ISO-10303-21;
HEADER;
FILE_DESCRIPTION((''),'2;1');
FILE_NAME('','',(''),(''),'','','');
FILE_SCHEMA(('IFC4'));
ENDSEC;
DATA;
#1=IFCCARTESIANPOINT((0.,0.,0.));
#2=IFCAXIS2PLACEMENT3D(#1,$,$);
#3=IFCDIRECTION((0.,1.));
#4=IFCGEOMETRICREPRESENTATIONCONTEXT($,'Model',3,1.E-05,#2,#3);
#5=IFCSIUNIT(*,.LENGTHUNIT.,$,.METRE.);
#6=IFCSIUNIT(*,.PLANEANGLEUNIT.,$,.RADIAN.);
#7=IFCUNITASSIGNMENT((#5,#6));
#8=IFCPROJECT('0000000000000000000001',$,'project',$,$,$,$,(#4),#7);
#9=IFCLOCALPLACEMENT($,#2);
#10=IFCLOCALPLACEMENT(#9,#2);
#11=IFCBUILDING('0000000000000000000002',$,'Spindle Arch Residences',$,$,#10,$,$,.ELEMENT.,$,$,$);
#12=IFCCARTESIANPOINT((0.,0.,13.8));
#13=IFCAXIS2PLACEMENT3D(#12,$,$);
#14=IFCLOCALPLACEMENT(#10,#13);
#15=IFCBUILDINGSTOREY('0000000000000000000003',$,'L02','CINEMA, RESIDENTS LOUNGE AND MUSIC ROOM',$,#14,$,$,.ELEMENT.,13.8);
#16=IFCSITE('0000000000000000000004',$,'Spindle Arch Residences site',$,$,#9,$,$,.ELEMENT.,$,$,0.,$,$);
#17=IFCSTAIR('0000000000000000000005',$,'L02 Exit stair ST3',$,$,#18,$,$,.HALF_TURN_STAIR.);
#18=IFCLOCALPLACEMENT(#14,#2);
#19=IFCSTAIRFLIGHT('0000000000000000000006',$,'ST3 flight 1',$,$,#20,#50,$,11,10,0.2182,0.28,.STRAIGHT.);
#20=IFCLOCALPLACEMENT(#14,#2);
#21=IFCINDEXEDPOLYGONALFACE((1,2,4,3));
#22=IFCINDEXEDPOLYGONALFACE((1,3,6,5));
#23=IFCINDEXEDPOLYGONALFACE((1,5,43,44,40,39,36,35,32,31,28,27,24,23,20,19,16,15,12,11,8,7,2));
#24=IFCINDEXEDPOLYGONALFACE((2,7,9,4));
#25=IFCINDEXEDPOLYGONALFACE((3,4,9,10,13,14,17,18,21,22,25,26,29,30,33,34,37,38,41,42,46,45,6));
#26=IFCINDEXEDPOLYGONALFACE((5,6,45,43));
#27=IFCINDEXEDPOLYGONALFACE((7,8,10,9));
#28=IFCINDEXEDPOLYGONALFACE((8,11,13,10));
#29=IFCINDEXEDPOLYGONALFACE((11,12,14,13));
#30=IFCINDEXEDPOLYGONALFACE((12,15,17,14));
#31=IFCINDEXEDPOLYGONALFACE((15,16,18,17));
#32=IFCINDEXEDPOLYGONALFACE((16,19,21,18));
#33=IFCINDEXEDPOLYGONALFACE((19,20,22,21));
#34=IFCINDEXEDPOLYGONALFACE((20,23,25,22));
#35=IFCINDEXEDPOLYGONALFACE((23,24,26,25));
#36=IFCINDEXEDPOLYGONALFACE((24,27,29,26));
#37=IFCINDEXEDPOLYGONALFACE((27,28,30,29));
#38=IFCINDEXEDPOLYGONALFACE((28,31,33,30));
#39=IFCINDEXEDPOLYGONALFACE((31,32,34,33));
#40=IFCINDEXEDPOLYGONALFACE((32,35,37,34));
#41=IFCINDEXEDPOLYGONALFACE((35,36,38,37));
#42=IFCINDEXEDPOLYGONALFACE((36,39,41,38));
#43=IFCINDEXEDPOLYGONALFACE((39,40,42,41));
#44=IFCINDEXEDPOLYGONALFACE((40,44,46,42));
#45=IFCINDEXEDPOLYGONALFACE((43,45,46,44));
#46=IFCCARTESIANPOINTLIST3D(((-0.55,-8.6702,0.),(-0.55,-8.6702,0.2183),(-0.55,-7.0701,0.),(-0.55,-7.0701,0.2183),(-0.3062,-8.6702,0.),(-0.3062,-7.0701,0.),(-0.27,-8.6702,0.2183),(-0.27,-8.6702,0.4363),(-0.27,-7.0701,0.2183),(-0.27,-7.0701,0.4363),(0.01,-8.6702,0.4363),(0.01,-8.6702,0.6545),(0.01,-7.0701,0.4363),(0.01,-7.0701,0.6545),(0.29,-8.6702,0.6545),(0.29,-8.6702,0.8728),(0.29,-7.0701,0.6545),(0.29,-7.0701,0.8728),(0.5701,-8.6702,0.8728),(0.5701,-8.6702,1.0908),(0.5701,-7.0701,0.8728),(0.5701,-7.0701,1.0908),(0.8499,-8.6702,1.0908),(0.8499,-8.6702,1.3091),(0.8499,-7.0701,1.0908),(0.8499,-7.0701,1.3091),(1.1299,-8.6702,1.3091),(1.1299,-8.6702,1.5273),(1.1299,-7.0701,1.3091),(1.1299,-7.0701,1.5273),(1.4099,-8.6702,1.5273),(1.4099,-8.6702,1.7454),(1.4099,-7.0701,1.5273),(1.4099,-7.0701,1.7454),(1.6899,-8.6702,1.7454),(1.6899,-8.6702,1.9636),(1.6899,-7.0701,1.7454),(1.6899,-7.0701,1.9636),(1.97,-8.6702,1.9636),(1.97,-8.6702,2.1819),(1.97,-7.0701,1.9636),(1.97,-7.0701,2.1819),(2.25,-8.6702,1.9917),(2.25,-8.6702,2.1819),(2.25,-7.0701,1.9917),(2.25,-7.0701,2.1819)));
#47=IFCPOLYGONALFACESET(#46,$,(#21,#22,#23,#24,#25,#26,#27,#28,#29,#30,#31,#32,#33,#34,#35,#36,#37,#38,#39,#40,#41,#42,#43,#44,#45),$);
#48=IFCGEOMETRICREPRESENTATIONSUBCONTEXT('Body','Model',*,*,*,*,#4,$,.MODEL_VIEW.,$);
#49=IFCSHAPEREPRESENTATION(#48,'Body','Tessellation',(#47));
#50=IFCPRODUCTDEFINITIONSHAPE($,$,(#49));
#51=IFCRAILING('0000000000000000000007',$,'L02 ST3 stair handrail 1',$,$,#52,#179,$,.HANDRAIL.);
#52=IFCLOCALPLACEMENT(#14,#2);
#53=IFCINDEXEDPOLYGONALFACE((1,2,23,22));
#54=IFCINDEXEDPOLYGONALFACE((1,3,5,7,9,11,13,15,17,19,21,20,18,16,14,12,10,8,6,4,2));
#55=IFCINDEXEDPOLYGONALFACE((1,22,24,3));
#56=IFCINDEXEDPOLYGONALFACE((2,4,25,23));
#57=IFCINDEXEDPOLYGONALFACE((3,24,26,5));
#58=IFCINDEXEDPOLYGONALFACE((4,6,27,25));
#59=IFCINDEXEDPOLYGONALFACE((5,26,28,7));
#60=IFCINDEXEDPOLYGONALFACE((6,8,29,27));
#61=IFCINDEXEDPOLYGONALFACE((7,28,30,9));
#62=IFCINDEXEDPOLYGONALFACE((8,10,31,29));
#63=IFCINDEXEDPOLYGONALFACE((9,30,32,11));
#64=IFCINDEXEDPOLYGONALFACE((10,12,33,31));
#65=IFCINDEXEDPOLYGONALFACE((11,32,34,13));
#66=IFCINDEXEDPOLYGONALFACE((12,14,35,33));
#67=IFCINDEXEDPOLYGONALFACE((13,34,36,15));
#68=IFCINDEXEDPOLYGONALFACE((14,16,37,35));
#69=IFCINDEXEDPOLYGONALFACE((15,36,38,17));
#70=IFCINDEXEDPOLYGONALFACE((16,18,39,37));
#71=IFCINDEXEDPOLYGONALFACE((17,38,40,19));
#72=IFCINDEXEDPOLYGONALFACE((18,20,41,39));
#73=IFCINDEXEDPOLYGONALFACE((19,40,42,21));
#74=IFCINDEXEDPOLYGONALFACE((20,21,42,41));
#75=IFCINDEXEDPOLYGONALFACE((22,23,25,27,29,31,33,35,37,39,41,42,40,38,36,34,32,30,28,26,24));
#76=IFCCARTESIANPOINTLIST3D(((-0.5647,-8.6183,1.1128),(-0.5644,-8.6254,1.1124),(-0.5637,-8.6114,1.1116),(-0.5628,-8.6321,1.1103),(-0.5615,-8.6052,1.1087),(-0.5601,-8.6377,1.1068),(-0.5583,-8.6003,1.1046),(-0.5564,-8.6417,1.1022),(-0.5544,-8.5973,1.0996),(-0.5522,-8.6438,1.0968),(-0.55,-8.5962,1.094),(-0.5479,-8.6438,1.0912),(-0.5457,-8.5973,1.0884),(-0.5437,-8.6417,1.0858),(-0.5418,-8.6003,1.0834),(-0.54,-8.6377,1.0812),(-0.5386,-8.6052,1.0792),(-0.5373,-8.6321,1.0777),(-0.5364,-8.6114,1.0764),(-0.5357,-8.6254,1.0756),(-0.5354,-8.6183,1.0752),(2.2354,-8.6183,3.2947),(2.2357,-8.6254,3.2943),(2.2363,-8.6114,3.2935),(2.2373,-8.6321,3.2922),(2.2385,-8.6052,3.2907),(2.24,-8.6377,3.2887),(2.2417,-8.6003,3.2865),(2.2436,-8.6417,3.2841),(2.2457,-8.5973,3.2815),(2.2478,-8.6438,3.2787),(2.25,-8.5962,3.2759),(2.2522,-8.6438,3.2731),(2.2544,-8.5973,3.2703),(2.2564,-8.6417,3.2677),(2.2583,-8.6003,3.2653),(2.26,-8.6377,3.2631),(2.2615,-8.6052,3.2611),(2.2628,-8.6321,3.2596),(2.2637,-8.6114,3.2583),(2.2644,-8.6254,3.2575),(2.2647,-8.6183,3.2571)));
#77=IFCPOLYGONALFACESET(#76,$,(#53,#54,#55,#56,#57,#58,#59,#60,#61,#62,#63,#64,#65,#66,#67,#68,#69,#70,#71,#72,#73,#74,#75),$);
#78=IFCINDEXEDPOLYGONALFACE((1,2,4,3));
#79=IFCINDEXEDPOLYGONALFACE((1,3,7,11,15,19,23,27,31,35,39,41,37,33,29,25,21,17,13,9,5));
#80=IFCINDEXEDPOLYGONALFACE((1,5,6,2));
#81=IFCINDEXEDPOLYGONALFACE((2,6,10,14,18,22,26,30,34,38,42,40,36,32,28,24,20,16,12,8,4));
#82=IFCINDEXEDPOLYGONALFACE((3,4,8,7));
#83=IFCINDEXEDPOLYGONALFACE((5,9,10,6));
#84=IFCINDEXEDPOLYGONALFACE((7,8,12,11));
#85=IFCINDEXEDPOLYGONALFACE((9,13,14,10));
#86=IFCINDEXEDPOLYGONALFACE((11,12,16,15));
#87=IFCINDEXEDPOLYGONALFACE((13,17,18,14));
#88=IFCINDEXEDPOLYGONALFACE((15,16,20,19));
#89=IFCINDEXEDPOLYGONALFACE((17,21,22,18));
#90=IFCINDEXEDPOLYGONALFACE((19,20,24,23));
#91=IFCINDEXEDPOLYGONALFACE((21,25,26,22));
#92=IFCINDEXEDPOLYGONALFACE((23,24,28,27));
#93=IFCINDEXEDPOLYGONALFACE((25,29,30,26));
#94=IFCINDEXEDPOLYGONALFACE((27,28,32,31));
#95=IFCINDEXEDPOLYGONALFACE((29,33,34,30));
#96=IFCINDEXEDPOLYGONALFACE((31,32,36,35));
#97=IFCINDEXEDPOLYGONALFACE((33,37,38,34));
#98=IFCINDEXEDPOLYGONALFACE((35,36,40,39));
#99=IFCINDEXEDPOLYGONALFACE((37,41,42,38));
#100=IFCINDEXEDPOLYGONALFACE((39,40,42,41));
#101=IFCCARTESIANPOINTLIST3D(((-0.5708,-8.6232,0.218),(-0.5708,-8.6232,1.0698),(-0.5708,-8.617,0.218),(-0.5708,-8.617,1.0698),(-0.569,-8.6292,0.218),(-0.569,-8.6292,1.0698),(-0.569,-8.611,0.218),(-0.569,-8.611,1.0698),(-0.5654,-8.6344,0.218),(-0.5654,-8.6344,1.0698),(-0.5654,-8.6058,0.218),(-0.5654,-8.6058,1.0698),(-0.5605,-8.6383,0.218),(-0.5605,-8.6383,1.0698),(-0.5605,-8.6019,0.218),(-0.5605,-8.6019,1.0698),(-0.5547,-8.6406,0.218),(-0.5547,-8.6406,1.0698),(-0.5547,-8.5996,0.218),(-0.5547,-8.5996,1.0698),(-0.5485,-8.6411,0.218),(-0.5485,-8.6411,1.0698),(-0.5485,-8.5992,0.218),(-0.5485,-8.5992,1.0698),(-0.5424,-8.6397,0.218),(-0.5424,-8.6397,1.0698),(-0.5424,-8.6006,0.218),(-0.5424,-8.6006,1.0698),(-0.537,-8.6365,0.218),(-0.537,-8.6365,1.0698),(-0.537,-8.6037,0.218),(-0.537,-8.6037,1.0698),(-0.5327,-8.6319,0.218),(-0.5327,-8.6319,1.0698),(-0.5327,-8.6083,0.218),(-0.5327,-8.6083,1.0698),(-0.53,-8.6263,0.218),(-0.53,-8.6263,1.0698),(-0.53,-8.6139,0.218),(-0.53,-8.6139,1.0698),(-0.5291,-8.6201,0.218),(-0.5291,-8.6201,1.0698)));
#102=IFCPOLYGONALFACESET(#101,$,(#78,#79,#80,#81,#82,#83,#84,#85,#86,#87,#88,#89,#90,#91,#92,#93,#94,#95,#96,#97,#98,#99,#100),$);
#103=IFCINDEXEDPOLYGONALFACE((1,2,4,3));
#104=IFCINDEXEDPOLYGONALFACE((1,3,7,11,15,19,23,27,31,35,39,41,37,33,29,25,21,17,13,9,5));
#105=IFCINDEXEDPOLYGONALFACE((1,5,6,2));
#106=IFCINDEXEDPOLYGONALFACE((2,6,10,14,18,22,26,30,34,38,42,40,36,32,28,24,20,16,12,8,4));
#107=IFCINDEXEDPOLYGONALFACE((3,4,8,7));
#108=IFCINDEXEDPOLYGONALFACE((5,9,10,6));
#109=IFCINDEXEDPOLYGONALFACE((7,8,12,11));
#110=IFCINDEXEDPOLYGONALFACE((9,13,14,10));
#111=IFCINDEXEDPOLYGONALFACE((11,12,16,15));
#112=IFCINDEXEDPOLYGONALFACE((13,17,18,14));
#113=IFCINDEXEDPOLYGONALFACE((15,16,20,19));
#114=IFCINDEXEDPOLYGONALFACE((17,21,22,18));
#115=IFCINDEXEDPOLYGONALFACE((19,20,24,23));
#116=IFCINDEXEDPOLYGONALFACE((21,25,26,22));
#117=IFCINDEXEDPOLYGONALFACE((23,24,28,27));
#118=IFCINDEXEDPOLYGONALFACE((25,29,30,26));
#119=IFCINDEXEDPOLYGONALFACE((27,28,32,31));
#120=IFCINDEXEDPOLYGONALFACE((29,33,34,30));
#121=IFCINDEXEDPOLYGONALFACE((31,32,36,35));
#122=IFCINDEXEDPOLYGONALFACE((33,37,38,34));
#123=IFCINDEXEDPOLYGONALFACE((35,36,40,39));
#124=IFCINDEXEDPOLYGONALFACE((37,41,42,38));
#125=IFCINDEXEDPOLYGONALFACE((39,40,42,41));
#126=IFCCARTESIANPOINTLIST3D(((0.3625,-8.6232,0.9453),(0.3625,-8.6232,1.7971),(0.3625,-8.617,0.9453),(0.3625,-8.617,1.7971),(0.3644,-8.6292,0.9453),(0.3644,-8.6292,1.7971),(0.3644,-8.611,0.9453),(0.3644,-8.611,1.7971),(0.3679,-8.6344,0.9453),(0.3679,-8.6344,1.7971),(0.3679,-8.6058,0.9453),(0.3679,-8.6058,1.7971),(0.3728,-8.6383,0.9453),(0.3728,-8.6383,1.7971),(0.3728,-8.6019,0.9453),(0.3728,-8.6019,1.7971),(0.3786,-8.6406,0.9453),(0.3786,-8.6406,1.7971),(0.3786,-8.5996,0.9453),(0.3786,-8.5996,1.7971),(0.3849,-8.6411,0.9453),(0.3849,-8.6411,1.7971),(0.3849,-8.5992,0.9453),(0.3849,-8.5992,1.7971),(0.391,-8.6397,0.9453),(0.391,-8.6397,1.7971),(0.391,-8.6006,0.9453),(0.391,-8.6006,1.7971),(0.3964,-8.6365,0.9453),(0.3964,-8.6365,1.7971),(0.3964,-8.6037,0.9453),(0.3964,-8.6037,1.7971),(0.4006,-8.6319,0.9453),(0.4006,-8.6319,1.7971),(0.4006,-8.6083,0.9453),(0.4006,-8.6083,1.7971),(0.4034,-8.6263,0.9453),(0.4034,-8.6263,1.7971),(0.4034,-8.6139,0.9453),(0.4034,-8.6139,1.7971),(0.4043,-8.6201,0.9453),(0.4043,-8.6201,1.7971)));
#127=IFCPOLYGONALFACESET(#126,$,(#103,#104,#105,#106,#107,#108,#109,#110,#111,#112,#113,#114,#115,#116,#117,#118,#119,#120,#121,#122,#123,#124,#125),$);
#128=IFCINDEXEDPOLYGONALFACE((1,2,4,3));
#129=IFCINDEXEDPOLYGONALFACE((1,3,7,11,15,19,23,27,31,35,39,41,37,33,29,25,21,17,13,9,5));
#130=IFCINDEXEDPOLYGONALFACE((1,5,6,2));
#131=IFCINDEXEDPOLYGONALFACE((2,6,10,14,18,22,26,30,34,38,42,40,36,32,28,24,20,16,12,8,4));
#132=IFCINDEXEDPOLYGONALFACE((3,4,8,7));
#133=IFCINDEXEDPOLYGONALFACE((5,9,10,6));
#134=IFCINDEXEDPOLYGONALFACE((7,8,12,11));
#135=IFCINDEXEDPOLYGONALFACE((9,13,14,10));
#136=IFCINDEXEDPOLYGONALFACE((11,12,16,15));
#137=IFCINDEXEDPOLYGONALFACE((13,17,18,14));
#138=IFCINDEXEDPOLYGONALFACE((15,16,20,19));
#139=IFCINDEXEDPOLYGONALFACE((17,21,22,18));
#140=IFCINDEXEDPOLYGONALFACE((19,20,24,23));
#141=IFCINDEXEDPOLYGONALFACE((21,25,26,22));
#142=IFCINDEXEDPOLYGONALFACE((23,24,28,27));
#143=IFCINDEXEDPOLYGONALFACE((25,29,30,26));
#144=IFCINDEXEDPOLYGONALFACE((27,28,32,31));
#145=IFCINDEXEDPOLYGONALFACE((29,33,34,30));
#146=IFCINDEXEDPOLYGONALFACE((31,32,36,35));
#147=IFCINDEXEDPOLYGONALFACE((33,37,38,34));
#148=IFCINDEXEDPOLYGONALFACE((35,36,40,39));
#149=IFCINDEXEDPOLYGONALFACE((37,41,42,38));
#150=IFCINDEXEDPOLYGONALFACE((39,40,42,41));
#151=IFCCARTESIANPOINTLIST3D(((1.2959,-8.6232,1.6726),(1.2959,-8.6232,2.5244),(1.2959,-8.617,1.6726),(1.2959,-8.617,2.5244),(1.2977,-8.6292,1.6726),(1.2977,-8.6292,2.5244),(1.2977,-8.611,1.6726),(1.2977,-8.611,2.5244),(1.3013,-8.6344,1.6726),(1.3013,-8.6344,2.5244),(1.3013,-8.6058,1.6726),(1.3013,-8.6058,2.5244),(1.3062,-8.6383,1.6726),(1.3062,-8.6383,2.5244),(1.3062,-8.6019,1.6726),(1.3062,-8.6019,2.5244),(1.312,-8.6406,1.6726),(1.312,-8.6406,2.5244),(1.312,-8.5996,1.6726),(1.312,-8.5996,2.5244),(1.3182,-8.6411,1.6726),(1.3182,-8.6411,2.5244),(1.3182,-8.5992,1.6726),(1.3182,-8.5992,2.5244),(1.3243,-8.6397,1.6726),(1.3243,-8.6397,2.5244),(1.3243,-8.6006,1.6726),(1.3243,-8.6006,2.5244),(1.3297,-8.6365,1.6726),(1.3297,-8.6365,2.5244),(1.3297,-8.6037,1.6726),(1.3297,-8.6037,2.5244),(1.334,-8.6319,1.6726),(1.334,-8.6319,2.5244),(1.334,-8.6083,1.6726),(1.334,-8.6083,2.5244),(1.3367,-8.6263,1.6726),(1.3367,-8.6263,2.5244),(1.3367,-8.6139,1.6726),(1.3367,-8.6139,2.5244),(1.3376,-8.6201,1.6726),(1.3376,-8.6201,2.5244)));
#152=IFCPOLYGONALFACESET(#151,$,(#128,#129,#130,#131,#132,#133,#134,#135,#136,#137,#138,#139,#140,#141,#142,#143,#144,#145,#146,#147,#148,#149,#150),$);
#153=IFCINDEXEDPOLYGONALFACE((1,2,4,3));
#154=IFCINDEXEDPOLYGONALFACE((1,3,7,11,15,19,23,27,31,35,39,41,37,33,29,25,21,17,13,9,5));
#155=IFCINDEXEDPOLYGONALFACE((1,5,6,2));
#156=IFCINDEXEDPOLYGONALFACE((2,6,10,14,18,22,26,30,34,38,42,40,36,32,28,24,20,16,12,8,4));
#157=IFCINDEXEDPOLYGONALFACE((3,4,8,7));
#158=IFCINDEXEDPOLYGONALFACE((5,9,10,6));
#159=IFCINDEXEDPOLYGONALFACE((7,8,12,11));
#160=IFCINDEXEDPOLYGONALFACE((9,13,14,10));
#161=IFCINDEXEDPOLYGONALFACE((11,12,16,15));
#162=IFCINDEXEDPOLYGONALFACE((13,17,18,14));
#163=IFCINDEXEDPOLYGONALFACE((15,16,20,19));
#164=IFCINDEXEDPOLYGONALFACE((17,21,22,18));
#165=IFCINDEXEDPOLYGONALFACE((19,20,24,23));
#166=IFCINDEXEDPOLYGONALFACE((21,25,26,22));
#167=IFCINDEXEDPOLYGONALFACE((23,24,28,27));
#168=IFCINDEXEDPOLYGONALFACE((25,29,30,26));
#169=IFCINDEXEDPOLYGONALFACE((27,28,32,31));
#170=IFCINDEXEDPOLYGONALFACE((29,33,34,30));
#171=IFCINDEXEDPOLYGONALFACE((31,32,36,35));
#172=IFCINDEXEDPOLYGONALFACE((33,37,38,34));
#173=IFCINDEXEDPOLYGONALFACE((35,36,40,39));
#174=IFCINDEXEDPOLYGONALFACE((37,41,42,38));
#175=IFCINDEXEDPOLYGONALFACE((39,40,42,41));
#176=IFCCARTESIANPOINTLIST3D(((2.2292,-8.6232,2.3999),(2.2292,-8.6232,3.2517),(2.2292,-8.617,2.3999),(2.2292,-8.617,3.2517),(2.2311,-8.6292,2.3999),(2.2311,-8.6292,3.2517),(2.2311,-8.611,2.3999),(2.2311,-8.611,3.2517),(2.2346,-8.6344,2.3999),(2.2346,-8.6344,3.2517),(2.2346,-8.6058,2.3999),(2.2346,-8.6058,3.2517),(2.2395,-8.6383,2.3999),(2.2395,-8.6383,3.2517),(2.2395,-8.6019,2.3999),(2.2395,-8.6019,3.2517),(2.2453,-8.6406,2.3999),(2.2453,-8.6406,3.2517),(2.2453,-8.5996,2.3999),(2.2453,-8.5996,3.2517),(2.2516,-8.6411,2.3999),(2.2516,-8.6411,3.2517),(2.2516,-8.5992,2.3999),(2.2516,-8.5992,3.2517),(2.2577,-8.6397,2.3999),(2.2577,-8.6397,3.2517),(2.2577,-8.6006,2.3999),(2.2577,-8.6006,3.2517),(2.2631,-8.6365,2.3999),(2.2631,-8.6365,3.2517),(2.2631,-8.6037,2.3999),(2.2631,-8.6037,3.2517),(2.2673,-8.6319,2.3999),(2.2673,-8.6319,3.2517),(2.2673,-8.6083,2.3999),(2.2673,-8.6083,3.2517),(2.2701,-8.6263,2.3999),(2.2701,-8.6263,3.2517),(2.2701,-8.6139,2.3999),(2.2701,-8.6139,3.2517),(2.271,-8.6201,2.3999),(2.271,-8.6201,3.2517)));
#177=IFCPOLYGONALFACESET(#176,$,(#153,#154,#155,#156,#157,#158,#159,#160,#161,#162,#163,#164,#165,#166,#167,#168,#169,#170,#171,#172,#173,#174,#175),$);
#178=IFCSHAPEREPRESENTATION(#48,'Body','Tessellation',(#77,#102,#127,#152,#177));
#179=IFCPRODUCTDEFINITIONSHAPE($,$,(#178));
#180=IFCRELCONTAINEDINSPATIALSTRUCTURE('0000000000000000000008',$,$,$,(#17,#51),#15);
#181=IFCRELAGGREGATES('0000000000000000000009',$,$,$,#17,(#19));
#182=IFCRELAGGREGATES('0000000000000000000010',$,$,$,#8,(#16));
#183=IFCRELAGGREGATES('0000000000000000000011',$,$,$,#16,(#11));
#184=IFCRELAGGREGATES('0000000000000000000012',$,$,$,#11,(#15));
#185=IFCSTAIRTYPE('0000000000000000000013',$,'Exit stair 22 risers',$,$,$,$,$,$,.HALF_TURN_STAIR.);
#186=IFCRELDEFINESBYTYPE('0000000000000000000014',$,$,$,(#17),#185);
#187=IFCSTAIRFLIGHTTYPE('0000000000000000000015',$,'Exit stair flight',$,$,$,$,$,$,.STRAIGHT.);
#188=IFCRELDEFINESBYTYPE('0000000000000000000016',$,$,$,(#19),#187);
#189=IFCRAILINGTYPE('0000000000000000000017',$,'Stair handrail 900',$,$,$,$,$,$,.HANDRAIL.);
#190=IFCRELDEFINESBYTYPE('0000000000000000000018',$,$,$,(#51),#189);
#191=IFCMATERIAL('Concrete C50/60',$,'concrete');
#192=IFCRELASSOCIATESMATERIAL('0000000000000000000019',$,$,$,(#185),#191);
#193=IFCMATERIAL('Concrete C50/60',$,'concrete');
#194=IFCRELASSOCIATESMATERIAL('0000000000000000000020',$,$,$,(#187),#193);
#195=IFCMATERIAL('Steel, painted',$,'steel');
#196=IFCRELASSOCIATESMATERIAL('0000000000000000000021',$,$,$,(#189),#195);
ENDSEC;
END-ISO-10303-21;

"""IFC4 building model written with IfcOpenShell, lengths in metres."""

from ifc_helpers import new_model, si_unit, direction, frame, origin, origin_2d, place, context, subcontext, project, spatial, polyline, circle, outline, extrude, material, type_object, element, aggregate, save


model = new_model("IFC4")

# Units and contexts
model_context = context("Model", 3, precision=1e-05, world=origin(), true_north=direction((0.0, 1.0)))
body_context = subcontext(model_context, "Body", "Model", "MODEL_VIEW")
ifc_project = project(units=[si_unit("LENGTHUNIT", "METRE"), si_unit("PLANEANGLEUNIT", "RADIAN")], contexts=[model_context])

# Site, building, storey
site_placement = place(None, origin())
site = spatial("IfcSite", under=ifc_project, at=site_placement, Name="Spindle Arch Residences site", CompositionType="ELEMENT", RefElevation=0.0)
building_placement = place(site_placement, origin())
building = spatial("IfcBuilding", under=site, at=building_placement, Name="Spindle Arch Residences", CompositionType="ELEMENT")
storey_placement = place(building_placement, frame((0.0, 0.0, 13.8)))
storey = spatial("IfcBuildingStorey", under=building, at=storey_placement, Name="L02", Description="CINEMA, RESIDENTS LOUNGE AND MUSIC ROOM", CompositionType="ELEMENT", Elevation=13.8)

# Stair, stair flight
ifc_material_1 = material(Name="Concrete C50/60", Category="concrete")
stair_type = type_object("IfcStairType", Name="Exit stair 22 risers", PredefinedType="HALF_TURN_STAIR", material=ifc_material_1)
stair_placement = place(storey_placement, origin())
stair = element("IfcStair", 1, at=stair_placement, inside=storey, type_object=stair_type, Name="L02 Exit stair ST3", PredefinedType="HALF_TURN_STAIR")
ifc_material_2 = material(Name="Concrete C50/60", Category="concrete")
stair_flight_type = type_object("IfcStairFlightType", Name="Exit stair flight", PredefinedType="STRAIGHT", material=ifc_material_2)
stair_flight_placement = place(storey_placement, frame((-0.55, -7.8701, 0.0), z_axis=(0.0, 0.0, 1.0), x_axis=(1.0, 0.0, 0.0)))
stair_flight = element("IfcStairFlight", 2, at=stair_flight_placement, type_object=stair_flight_type, Name="ST3 flight 1", NumberOfRisers=11, NumberOfTreads=10, PredefinedType="STRAIGHT", RiserHeight=0.2182, TreadLength=0.28, context=body_context, shape_type="SweptSolid", body=[
    extrude(outline(polyline([(0.0, 0.0), (0.0, 0.2183), (0.28, 0.2183), (0.28, 0.4363), (0.5601, 0.4363), (0.5601, 0.6545), (0.8401, 0.6545), (0.8401, 0.8728), (1.1201, 0.8728), (1.1201, 1.0908), (1.3999, 1.0908), (1.3999, 1.3091), (1.6799, 1.3091), (1.6799, 1.5273), (1.96, 1.5273), (1.96, 1.7454), (2.24, 1.7454), (2.24, 1.9636), (2.52, 1.9636), (2.52, 2.1819), (2.8, 2.1819), (2.8, 2.3999), (2.8, 1.9917), (0.2439, 0.0), (0.0, 0.0)])), frame((0.0, 0.8, 0.0), z_axis=(0.0, -1.0, 0.0), x_axis=(1.0, 0.0, 0.0)), (0.0, 0.0, 1.0), 1.6001),
])
aggregate(stair, [stair_flight])

# Railing
ifc_material_3 = material(Name="Steel, painted", Category="steel")
railing_type_1 = type_object("IfcRailingType", Name="Stair handrail 900", PredefinedType="HANDRAIL", material=ifc_material_3)
railing_1_placement = place(storey_placement, frame((-0.55, -8.6201, 0.218)))
element("IfcRailing", 3, at=railing_1_placement, inside=storey, type_object=railing_type_1, Name="L02 ST3 stair handrail 1", PredefinedType="HANDRAIL", context=body_context, shape_type="SweptSolid", body=[
    extrude(circle(Radius=0.0239, at=origin_2d()), frame((0.0, 0.0, 0.876), z_axis=(0.788796, 0.0, 0.614655), x_axis=(0.0, 1.0, 0.0)), (0.0, 0.0, 1.0), 3.5498),
    extrude(circle(Radius=0.021, at=origin_2d()), origin(), (0.0, 0.0, 1.0), 0.8518),
    extrude(circle(Radius=0.021, at=origin_2d()), frame((0.9333, 0.0, 0.7273)), (0.0, 0.0, 1.0), 0.8518),
    extrude(circle(Radius=0.021, at=origin_2d()), frame((1.8667, 0.0, 1.4546)), (0.0, 0.0, 1.0), 0.8518),
    extrude(circle(Radius=0.021, at=origin_2d()), frame((2.8, 0.0, 2.1819)), (0.0, 0.0, 1.0), 0.8518),
])

save(model, "model.ifc")
